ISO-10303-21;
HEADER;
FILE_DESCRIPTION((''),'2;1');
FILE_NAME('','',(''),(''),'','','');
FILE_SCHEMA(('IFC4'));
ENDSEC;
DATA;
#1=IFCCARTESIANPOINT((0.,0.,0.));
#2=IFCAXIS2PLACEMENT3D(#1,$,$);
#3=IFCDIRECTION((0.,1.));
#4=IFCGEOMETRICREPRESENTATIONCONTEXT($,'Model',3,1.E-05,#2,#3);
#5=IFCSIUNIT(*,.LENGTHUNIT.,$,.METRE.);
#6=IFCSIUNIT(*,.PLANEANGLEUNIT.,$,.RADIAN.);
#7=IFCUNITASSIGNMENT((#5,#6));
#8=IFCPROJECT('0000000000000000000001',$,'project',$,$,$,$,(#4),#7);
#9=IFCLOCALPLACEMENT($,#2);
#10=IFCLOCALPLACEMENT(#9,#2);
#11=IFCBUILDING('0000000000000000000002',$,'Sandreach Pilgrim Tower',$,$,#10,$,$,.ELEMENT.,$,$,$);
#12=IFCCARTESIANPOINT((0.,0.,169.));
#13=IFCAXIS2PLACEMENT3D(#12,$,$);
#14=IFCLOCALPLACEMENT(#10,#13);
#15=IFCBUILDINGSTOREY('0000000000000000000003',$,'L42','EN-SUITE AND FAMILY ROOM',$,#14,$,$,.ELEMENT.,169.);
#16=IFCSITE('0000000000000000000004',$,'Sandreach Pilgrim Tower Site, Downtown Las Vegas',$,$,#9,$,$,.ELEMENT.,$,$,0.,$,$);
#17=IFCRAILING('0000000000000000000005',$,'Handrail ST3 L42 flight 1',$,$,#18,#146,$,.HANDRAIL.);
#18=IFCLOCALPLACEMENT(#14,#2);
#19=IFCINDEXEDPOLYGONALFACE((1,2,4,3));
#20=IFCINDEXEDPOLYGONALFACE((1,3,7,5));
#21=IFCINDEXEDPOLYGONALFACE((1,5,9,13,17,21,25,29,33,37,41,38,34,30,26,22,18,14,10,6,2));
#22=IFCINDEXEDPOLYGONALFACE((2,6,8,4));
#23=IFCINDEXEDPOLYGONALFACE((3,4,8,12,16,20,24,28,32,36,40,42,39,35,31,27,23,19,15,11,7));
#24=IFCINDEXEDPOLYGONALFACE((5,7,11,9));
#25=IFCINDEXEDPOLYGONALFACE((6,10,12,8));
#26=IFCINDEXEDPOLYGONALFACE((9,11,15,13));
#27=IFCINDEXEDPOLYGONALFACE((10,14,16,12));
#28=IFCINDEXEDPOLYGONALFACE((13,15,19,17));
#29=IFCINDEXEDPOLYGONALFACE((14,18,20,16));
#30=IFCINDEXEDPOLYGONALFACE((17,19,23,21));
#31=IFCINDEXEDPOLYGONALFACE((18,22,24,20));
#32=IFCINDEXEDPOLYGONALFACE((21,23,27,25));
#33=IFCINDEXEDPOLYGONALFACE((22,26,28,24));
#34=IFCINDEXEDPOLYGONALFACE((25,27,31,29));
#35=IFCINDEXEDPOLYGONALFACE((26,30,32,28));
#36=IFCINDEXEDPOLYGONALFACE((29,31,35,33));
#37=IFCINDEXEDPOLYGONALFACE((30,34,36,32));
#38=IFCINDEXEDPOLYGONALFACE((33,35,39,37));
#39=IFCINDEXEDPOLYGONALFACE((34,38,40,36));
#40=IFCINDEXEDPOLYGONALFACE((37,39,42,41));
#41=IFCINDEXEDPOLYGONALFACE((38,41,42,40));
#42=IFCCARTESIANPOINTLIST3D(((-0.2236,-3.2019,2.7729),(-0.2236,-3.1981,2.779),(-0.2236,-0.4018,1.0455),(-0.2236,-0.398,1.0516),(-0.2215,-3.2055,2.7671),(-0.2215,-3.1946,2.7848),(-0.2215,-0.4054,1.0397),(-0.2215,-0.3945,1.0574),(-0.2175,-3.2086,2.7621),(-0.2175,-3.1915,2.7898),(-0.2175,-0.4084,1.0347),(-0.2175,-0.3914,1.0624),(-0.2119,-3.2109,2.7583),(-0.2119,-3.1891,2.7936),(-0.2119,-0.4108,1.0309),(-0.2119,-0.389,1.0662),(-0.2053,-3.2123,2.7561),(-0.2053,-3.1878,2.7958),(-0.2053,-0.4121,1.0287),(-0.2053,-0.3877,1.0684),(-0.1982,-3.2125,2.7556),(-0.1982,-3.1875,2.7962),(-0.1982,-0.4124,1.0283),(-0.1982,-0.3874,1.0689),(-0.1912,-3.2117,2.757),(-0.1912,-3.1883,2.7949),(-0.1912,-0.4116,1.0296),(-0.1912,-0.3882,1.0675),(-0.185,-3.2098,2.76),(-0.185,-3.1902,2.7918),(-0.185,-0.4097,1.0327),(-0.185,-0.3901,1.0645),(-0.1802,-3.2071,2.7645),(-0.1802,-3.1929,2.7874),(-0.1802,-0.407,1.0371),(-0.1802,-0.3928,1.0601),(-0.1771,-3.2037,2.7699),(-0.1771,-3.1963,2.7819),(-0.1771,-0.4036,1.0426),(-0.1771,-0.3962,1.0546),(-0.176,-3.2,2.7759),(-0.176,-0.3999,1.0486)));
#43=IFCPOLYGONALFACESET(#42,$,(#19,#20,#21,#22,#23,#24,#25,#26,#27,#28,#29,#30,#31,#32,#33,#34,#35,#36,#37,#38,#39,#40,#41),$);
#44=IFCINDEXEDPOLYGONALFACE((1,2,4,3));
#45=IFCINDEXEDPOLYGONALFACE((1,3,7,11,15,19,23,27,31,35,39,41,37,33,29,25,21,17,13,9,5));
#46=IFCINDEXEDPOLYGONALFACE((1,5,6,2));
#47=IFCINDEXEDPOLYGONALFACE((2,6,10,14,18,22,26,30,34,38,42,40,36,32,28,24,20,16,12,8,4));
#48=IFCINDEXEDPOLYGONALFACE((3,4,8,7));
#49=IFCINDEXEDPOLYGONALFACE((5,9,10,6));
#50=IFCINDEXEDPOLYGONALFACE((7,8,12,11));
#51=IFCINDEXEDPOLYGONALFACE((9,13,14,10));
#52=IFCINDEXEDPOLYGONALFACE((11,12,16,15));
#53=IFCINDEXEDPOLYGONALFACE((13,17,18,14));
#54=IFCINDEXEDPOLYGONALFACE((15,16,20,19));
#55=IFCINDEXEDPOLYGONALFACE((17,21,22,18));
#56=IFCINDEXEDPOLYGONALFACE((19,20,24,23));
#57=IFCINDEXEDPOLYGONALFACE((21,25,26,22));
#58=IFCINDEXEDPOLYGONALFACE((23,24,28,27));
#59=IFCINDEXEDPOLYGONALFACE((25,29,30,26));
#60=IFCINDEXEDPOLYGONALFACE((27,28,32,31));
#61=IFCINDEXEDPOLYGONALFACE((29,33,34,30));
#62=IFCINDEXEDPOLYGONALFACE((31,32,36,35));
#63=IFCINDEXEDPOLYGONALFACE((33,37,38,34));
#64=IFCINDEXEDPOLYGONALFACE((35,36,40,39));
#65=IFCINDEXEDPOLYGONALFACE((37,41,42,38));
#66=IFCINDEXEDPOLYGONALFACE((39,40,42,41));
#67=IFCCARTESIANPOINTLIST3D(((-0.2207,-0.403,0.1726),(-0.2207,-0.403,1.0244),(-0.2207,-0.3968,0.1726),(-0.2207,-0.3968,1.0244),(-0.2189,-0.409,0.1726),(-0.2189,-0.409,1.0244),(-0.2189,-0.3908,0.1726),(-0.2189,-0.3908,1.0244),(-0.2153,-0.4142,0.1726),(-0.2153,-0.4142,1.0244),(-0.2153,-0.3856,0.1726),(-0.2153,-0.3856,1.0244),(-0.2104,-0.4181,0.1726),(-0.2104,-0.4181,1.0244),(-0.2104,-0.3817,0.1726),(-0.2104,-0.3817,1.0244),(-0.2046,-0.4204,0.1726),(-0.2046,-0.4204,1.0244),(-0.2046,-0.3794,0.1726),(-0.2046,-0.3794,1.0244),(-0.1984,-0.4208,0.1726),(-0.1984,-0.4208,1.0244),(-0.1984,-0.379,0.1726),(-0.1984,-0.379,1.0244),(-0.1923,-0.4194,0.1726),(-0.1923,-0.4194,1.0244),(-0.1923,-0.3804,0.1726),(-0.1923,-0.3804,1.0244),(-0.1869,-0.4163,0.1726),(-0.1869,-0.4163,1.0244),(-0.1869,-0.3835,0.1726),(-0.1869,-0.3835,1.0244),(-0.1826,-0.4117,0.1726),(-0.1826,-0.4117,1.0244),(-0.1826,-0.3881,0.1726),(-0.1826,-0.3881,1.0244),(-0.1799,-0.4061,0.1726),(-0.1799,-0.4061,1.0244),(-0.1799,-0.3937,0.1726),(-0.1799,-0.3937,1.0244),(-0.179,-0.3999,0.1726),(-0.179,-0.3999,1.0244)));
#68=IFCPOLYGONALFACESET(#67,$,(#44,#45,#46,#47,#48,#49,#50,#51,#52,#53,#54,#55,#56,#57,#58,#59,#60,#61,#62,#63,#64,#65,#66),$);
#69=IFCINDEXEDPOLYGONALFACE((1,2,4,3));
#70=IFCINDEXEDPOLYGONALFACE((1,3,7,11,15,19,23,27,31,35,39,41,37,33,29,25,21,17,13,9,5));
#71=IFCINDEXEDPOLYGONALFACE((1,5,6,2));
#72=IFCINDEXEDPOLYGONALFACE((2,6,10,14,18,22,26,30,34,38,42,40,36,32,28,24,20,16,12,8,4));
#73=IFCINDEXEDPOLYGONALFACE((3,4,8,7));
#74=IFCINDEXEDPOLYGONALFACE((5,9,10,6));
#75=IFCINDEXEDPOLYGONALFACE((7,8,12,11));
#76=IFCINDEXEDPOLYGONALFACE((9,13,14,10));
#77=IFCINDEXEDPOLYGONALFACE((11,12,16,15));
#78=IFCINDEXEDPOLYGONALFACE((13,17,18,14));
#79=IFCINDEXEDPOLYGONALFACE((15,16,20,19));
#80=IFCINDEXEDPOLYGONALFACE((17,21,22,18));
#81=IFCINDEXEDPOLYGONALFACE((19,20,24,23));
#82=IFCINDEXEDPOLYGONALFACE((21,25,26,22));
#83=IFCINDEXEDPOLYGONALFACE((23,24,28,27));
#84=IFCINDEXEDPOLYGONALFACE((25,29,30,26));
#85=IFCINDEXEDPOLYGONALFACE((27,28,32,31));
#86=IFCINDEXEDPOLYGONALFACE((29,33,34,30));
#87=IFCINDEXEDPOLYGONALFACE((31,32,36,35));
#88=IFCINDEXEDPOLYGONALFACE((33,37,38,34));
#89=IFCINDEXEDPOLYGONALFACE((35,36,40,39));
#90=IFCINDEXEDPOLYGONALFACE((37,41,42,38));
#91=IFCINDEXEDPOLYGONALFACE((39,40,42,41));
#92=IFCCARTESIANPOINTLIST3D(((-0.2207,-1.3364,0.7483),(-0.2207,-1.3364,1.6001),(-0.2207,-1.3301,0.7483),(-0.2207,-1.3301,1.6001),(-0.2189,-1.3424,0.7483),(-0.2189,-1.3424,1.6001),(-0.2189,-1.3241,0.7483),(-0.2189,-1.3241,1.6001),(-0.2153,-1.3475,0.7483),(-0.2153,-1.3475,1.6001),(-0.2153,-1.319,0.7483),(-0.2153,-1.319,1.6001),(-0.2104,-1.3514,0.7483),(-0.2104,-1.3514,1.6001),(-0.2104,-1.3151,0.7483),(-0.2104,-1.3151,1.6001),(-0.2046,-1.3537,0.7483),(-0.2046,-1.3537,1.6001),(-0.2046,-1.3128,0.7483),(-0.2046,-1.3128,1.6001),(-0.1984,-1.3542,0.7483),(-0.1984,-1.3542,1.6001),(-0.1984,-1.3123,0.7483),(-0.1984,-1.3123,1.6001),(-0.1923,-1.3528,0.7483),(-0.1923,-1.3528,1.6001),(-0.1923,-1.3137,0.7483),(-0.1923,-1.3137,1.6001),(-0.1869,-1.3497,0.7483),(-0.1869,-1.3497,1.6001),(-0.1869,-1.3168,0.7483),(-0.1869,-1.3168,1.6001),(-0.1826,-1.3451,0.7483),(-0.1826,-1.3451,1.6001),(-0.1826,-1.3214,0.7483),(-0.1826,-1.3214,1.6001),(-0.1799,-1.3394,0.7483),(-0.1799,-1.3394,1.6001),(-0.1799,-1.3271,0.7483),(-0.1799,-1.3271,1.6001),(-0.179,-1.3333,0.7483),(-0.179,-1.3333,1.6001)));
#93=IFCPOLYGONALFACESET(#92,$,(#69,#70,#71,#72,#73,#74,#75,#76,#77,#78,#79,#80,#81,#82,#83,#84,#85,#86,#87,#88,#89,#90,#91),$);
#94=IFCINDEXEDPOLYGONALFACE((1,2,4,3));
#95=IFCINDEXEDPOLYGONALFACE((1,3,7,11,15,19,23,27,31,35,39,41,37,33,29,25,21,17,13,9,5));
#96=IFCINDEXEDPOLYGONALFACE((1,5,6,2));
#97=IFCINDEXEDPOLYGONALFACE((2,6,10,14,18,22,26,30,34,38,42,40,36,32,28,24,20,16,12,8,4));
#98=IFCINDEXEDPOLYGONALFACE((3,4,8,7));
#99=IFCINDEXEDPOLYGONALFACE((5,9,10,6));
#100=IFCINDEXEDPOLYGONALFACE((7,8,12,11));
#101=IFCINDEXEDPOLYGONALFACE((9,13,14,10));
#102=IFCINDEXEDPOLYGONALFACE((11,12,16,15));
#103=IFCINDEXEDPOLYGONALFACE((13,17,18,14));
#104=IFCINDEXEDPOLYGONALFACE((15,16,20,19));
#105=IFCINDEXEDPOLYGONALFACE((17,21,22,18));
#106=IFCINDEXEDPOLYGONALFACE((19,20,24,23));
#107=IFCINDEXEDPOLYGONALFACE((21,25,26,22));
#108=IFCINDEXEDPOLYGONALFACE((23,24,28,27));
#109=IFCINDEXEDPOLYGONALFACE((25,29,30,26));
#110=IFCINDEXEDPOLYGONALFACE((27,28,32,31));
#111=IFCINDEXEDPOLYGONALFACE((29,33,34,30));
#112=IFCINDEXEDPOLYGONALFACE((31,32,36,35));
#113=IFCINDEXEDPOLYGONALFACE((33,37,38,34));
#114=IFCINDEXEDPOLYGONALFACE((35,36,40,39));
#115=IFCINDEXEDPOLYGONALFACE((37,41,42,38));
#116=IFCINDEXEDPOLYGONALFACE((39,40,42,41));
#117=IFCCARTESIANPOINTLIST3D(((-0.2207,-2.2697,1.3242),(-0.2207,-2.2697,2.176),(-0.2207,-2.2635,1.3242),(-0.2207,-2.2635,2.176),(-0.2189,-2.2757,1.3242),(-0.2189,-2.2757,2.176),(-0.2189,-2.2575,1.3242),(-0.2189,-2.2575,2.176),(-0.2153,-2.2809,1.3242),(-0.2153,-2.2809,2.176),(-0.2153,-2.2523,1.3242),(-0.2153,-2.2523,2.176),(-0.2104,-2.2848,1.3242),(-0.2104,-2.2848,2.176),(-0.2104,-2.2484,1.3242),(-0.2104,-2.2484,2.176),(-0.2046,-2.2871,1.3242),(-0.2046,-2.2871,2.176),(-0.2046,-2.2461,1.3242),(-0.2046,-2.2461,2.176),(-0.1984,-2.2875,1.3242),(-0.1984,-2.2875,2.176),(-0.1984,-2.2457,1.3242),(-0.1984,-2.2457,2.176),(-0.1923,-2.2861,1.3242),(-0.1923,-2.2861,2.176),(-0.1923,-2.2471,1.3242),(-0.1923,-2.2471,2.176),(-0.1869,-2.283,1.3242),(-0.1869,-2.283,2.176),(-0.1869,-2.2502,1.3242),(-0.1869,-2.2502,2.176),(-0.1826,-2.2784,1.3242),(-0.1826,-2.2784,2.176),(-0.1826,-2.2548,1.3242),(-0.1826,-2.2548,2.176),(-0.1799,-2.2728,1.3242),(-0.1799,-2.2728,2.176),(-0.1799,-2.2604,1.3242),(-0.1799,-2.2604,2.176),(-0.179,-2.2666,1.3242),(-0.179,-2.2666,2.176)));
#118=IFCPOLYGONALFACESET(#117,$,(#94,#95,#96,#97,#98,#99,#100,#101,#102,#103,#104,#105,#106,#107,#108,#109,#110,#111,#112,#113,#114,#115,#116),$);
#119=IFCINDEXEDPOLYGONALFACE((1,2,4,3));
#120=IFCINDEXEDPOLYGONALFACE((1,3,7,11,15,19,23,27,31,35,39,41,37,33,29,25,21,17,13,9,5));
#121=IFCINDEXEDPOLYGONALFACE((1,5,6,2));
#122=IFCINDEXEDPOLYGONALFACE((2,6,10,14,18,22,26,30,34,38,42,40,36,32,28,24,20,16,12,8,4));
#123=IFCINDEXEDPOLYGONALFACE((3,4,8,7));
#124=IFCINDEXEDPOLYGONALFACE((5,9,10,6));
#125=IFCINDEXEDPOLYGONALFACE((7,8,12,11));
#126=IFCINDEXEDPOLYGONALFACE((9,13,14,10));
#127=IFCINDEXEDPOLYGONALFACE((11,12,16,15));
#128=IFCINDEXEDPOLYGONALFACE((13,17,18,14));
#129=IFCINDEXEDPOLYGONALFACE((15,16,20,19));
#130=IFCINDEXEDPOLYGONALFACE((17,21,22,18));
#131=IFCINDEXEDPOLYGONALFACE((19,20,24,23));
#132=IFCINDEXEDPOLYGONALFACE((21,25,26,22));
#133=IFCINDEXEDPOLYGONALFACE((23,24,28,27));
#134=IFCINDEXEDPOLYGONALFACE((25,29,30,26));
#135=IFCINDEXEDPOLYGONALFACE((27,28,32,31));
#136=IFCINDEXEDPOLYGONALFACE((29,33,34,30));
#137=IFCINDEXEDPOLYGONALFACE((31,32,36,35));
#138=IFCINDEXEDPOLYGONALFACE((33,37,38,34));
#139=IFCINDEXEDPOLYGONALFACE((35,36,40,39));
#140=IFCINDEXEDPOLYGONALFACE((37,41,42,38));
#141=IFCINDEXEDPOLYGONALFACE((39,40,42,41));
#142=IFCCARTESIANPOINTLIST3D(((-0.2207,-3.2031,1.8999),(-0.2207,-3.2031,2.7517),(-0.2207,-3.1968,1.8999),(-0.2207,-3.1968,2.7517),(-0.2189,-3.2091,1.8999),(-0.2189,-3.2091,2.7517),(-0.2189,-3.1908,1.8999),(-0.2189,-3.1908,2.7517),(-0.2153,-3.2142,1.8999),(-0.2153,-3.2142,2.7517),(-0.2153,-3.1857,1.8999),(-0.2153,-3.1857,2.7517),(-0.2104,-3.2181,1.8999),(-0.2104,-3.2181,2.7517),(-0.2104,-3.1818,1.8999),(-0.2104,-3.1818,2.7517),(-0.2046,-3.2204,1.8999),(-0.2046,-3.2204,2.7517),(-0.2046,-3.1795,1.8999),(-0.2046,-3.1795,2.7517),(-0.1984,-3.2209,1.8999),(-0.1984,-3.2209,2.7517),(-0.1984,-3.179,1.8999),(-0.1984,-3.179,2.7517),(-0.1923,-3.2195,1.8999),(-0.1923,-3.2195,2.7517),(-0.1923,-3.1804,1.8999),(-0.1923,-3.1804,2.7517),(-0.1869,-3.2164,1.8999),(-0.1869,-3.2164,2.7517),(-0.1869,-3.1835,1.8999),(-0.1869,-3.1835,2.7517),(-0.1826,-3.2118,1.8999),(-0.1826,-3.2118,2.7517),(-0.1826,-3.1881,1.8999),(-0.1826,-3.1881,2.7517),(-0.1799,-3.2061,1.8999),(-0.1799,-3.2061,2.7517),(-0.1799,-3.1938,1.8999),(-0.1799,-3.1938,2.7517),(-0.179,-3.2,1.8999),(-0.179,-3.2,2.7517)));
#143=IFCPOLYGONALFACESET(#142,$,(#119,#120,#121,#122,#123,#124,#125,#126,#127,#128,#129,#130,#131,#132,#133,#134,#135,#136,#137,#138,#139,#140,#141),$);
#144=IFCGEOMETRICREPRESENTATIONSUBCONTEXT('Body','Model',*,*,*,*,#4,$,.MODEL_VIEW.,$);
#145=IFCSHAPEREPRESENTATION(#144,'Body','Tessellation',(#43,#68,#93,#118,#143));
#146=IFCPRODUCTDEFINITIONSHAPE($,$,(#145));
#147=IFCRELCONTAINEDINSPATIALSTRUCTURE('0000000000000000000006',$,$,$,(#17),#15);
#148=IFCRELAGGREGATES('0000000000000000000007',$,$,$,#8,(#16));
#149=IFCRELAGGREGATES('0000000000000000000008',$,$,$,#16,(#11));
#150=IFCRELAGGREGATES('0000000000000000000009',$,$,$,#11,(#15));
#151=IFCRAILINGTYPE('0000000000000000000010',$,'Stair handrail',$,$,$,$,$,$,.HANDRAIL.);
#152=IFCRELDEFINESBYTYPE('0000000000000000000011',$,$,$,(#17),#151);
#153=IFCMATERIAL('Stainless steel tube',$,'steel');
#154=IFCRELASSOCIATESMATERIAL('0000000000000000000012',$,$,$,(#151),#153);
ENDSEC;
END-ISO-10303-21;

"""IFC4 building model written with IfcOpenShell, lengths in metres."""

from ifc_helpers import new_model, si_unit, direction, frame, origin, origin_2d, place, context, subcontext, project, spatial, circle, extrude, material, type_object, element, save


model = new_model("IFC4")

# Units and contexts
model_context = context("Model", 3, precision=1e-05, world=origin(), true_north=direction((0.0, 1.0)))
body_context = subcontext(model_context, "Body", "Model", "MODEL_VIEW")
ifc_project = project(units=[si_unit("LENGTHUNIT", "METRE"), si_unit("PLANEANGLEUNIT", "RADIAN")], contexts=[model_context])

# Site, building, storey
site_placement = place(None, origin())
site = spatial("IfcSite", under=ifc_project, at=site_placement, Name="Sandreach Pilgrim Tower Site, Downtown Las Vegas", CompositionType="ELEMENT", RefElevation=0.0)
building_placement = place(site_placement, origin())
building = spatial("IfcBuilding", under=site, at=building_placement, Name="Sandreach Pilgrim Tower", CompositionType="ELEMENT")
storey_placement = place(building_placement, frame((0.0, 0.0, 169.0)))
storey = spatial("IfcBuildingStorey", under=building, at=storey_placement, Name="L42", Description="EN-SUITE AND FAMILY ROOM", CompositionType="ELEMENT", Elevation=169.0)

# Railing
ifc_material_1 = material(Name="Stainless steel tube", Category="steel")
railing_type = type_object("IfcRailingType", Name="Stair handrail", PredefinedType="HANDRAIL", material=ifc_material_1)
for number, where, name in (
    (1, (-0.2, -0.3999, 0.1726), "Handrail ST3 L42 flight 1"),
):
    element("IfcRailing", number, at=place(storey_placement, frame(where)), inside=storey, type_object=railing_type, Name=name, PredefinedType="HANDRAIL", context=body_context, shape_type="SweptSolid", body=[
        extrude(circle(Radius=0.0239, at=origin_2d()), frame((0.0, 0.0, 0.876), z_axis=(0.0, -0.85109, 0.52502), x_axis=(1.0, 0.0, 0.0)), (0.0, 0.0, 1.0), 3.29),
        extrude(circle(Radius=0.021, at=origin_2d()), origin(), (0.0, 0.0, 1.0), 0.8518),
        extrude(circle(Radius=0.021, at=origin_2d()), frame((0.0, -0.9333, 0.5757)), (0.0, 0.0, 1.0), 0.8518),
        extrude(circle(Radius=0.021, at=origin_2d()), frame((0.0, -1.8667, 1.1516)), (0.0, 0.0, 1.0), 0.8518),
        extrude(circle(Radius=0.021, at=origin_2d()), frame((0.0, -2.8, 1.7273)), (0.0, 0.0, 1.0), 0.8518),
    ])

save(model, "model.ifc")
